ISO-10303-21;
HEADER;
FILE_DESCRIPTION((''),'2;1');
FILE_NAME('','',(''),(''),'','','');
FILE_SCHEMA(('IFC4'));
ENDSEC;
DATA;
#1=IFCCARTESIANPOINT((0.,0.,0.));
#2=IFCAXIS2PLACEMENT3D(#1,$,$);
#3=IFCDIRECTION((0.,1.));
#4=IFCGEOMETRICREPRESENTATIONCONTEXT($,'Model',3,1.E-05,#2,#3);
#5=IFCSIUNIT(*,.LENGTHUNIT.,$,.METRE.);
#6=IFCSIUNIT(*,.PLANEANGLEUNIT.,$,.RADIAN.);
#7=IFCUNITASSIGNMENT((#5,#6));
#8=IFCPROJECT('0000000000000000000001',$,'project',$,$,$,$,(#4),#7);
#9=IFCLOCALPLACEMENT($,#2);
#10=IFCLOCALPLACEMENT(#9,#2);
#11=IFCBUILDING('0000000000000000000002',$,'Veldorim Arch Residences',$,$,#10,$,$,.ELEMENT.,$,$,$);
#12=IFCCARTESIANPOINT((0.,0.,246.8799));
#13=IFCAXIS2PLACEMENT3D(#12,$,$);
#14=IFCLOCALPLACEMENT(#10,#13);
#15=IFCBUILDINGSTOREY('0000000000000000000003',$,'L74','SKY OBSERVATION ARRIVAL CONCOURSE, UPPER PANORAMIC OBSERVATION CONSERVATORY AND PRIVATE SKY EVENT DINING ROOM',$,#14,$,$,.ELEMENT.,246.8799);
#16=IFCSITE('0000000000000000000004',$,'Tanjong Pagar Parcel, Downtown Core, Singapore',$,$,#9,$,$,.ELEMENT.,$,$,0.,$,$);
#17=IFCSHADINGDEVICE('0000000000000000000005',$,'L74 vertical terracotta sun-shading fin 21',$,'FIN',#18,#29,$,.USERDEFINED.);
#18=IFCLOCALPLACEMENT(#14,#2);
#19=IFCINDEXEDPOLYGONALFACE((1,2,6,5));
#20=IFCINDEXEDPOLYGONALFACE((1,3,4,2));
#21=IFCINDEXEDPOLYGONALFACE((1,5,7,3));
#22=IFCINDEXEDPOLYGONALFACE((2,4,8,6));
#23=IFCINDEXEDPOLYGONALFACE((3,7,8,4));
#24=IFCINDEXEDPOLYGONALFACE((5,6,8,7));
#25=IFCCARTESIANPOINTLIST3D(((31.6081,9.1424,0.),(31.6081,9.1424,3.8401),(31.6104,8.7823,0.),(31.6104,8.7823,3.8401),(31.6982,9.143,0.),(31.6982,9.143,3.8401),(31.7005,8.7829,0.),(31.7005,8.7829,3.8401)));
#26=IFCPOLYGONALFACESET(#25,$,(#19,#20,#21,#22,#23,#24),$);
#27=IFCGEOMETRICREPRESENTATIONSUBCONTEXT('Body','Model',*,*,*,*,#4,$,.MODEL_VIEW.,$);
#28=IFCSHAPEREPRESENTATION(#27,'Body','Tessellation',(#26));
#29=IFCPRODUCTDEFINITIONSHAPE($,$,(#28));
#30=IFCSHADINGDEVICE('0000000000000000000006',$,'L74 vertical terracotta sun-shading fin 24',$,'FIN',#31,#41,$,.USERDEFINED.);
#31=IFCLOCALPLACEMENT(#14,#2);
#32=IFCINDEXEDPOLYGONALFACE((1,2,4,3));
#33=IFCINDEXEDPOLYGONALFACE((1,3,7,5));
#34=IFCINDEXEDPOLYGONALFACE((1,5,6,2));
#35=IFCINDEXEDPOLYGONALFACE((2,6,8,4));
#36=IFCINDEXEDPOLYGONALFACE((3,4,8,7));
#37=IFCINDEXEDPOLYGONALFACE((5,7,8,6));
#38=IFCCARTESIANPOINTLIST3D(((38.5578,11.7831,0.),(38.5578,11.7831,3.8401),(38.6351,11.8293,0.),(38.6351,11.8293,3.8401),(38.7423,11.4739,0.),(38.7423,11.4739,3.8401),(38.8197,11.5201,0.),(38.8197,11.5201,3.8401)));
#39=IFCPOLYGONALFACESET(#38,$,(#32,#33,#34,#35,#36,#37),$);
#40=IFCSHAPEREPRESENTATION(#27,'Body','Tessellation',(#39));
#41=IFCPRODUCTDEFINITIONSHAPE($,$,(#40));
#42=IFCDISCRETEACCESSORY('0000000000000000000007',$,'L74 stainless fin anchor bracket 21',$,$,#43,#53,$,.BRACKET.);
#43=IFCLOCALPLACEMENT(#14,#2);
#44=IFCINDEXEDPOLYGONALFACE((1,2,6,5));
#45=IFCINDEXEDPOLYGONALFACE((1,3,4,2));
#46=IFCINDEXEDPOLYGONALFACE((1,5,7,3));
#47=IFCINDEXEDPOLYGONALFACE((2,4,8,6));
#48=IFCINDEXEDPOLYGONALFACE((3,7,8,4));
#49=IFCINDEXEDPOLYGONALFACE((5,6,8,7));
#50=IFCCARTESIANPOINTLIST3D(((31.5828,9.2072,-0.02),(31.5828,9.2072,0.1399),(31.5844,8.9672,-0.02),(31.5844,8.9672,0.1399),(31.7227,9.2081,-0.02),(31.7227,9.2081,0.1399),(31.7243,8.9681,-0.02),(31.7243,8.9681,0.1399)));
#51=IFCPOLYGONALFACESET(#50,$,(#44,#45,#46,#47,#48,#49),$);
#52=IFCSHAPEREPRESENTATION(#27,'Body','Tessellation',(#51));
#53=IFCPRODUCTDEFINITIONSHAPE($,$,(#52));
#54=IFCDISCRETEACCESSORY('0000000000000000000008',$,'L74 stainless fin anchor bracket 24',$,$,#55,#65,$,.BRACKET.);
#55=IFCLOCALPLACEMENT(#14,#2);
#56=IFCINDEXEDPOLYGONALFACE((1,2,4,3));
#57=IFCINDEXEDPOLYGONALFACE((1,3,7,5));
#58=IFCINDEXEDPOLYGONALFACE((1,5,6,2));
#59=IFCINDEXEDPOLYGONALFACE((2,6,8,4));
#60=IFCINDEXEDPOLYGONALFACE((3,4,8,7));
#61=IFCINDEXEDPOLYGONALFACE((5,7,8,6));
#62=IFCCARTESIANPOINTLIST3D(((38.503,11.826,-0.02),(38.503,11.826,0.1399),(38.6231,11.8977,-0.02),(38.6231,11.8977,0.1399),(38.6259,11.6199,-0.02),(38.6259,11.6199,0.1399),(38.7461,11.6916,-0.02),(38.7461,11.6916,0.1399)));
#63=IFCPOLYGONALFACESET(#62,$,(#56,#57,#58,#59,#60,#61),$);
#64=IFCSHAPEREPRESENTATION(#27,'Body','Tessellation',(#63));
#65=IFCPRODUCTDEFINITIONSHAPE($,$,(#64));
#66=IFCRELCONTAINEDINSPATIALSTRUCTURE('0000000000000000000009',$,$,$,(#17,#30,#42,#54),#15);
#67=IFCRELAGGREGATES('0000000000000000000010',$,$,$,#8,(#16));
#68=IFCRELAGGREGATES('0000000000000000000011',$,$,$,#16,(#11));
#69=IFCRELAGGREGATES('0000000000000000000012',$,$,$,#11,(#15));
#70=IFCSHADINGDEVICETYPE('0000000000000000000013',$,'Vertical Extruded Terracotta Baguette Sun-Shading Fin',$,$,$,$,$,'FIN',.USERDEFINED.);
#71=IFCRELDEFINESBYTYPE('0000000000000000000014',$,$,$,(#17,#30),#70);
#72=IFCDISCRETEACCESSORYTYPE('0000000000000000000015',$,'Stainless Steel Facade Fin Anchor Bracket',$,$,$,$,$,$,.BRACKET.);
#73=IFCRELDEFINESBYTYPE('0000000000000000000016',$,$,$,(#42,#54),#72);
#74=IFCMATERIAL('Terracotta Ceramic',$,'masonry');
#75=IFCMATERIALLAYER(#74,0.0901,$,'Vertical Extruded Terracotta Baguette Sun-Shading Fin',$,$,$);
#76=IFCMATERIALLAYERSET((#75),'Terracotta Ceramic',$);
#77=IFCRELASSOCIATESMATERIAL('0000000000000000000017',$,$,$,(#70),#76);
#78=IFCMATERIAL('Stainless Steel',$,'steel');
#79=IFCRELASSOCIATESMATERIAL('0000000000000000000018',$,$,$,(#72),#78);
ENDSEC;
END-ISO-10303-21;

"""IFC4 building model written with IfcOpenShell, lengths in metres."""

from ifc_helpers import new_model, si_unit, direction, frame, origin, origin_2d, place, context, subcontext, project, spatial, rectangle, extrude, material, layer, layer_set, type_object, element, save


model = new_model("IFC4")

# Units and contexts
model_context = context("Model", 3, precision=1e-05, world=origin(), true_north=direction((0.0, 1.0)))
body_context = subcontext(model_context, "Body", "Model", "MODEL_VIEW")
ifc_project = project(units=[si_unit("LENGTHUNIT", "METRE"), si_unit("PLANEANGLEUNIT", "RADIAN")], contexts=[model_context])

# Site, building, storey
site_placement = place(None, origin())
site = spatial("IfcSite", under=ifc_project, at=site_placement, Name="Tanjong Pagar Parcel, Downtown Core, Singapore", CompositionType="ELEMENT", RefElevation=0.0)
building_placement = place(site_placement, origin())
building = spatial("IfcBuilding", under=site, at=building_placement, Name="Veldorim Arch Residences", CompositionType="ELEMENT")
storey_placement = place(building_placement, frame((0.0, 0.0, 246.8799)))
storey = spatial("IfcBuildingStorey", under=building, at=storey_placement, Name="L74", Description="SKY OBSERVATION ARRIVAL CONCOURSE, UPPER PANORAMIC OBSERVATION CONSERVATORY AND PRIVATE SKY EVENT DINING ROOM", CompositionType="ELEMENT", Elevation=246.8799)

# Shading devices
ifc_material_1 = material(Name="Terracotta Ceramic", Category="masonry")
ifc_layer_1 = layer(ifc_material_1, 0.0901, Name="Vertical Extruded Terracotta Baguette Sun-Shading Fin")
ifc_layer_set_1 = layer_set([ifc_layer_1], Name="Terracotta Ceramic")
shading_device_type = type_object("IfcShadingDeviceType", Name="Vertical Extruded Terracotta Baguette Sun-Shading Fin", ElementType="FIN", PredefinedType="USERDEFINED", material=ifc_layer_set_1)
for number, where, z_axis, x_axis, name in (
    (1, (31.6543, 8.9626, 0.0), (0.0, 0.0, 1.0), (-0.999979, -0.006458, 0.0), "L74 vertical terracotta sun-shading fin 21"),
    (2, (38.6887, 11.6516, 0.0), (0.0, 0.0, 1.0), (-0.858692, -0.512493, 0.0), "L74 vertical terracotta sun-shading fin 24"),
):
    element("IfcShadingDevice", number, at=place(storey_placement, frame(where, z_axis=z_axis, x_axis=x_axis)), inside=storey, type_object=shading_device_type, Name=name, ObjectType="FIN", PredefinedType="USERDEFINED", context=body_context, shape_type="SweptSolid", body=[
        extrude(rectangle(XDim=0.0901, YDim=0.3601, at=origin_2d()), origin(), (0.0, 0.0, 1.0), 3.8401),
    ])

# Discrete accessories
ifc_material_2 = material(Name="Stainless Steel", Category="steel")
discrete_accessory_type = type_object("IfcDiscreteAccessoryType", Name="Stainless Steel Facade Fin Anchor Bracket", PredefinedType="BRACKET", material=ifc_material_2)
for number, where, z_axis, x_axis, name in (
    (3, (31.6536, 9.0876, -0.02), (0.0, 0.0, 1.0), (-0.999979, -0.006458, 0.0), "L74 stainless fin anchor bracket 21"),
    (4, (38.6245, 11.7588, -0.02), (0.0, 0.0, 1.0), (-0.858692, -0.512493, 0.0), "L74 stainless fin anchor bracket 24"),
):
    element("IfcDiscreteAccessory", number, at=place(storey_placement, frame(where, z_axis=z_axis, x_axis=x_axis)), inside=storey, type_object=discrete_accessory_type, Name=name, PredefinedType="BRACKET", context=body_context, shape_type="SweptSolid", body=[
        extrude(rectangle(XDim=0.1399, YDim=0.24, at=origin_2d()), origin(), (0.0, 0.0, 1.0), 0.1599),
    ])

save(model, "model.ifc")
